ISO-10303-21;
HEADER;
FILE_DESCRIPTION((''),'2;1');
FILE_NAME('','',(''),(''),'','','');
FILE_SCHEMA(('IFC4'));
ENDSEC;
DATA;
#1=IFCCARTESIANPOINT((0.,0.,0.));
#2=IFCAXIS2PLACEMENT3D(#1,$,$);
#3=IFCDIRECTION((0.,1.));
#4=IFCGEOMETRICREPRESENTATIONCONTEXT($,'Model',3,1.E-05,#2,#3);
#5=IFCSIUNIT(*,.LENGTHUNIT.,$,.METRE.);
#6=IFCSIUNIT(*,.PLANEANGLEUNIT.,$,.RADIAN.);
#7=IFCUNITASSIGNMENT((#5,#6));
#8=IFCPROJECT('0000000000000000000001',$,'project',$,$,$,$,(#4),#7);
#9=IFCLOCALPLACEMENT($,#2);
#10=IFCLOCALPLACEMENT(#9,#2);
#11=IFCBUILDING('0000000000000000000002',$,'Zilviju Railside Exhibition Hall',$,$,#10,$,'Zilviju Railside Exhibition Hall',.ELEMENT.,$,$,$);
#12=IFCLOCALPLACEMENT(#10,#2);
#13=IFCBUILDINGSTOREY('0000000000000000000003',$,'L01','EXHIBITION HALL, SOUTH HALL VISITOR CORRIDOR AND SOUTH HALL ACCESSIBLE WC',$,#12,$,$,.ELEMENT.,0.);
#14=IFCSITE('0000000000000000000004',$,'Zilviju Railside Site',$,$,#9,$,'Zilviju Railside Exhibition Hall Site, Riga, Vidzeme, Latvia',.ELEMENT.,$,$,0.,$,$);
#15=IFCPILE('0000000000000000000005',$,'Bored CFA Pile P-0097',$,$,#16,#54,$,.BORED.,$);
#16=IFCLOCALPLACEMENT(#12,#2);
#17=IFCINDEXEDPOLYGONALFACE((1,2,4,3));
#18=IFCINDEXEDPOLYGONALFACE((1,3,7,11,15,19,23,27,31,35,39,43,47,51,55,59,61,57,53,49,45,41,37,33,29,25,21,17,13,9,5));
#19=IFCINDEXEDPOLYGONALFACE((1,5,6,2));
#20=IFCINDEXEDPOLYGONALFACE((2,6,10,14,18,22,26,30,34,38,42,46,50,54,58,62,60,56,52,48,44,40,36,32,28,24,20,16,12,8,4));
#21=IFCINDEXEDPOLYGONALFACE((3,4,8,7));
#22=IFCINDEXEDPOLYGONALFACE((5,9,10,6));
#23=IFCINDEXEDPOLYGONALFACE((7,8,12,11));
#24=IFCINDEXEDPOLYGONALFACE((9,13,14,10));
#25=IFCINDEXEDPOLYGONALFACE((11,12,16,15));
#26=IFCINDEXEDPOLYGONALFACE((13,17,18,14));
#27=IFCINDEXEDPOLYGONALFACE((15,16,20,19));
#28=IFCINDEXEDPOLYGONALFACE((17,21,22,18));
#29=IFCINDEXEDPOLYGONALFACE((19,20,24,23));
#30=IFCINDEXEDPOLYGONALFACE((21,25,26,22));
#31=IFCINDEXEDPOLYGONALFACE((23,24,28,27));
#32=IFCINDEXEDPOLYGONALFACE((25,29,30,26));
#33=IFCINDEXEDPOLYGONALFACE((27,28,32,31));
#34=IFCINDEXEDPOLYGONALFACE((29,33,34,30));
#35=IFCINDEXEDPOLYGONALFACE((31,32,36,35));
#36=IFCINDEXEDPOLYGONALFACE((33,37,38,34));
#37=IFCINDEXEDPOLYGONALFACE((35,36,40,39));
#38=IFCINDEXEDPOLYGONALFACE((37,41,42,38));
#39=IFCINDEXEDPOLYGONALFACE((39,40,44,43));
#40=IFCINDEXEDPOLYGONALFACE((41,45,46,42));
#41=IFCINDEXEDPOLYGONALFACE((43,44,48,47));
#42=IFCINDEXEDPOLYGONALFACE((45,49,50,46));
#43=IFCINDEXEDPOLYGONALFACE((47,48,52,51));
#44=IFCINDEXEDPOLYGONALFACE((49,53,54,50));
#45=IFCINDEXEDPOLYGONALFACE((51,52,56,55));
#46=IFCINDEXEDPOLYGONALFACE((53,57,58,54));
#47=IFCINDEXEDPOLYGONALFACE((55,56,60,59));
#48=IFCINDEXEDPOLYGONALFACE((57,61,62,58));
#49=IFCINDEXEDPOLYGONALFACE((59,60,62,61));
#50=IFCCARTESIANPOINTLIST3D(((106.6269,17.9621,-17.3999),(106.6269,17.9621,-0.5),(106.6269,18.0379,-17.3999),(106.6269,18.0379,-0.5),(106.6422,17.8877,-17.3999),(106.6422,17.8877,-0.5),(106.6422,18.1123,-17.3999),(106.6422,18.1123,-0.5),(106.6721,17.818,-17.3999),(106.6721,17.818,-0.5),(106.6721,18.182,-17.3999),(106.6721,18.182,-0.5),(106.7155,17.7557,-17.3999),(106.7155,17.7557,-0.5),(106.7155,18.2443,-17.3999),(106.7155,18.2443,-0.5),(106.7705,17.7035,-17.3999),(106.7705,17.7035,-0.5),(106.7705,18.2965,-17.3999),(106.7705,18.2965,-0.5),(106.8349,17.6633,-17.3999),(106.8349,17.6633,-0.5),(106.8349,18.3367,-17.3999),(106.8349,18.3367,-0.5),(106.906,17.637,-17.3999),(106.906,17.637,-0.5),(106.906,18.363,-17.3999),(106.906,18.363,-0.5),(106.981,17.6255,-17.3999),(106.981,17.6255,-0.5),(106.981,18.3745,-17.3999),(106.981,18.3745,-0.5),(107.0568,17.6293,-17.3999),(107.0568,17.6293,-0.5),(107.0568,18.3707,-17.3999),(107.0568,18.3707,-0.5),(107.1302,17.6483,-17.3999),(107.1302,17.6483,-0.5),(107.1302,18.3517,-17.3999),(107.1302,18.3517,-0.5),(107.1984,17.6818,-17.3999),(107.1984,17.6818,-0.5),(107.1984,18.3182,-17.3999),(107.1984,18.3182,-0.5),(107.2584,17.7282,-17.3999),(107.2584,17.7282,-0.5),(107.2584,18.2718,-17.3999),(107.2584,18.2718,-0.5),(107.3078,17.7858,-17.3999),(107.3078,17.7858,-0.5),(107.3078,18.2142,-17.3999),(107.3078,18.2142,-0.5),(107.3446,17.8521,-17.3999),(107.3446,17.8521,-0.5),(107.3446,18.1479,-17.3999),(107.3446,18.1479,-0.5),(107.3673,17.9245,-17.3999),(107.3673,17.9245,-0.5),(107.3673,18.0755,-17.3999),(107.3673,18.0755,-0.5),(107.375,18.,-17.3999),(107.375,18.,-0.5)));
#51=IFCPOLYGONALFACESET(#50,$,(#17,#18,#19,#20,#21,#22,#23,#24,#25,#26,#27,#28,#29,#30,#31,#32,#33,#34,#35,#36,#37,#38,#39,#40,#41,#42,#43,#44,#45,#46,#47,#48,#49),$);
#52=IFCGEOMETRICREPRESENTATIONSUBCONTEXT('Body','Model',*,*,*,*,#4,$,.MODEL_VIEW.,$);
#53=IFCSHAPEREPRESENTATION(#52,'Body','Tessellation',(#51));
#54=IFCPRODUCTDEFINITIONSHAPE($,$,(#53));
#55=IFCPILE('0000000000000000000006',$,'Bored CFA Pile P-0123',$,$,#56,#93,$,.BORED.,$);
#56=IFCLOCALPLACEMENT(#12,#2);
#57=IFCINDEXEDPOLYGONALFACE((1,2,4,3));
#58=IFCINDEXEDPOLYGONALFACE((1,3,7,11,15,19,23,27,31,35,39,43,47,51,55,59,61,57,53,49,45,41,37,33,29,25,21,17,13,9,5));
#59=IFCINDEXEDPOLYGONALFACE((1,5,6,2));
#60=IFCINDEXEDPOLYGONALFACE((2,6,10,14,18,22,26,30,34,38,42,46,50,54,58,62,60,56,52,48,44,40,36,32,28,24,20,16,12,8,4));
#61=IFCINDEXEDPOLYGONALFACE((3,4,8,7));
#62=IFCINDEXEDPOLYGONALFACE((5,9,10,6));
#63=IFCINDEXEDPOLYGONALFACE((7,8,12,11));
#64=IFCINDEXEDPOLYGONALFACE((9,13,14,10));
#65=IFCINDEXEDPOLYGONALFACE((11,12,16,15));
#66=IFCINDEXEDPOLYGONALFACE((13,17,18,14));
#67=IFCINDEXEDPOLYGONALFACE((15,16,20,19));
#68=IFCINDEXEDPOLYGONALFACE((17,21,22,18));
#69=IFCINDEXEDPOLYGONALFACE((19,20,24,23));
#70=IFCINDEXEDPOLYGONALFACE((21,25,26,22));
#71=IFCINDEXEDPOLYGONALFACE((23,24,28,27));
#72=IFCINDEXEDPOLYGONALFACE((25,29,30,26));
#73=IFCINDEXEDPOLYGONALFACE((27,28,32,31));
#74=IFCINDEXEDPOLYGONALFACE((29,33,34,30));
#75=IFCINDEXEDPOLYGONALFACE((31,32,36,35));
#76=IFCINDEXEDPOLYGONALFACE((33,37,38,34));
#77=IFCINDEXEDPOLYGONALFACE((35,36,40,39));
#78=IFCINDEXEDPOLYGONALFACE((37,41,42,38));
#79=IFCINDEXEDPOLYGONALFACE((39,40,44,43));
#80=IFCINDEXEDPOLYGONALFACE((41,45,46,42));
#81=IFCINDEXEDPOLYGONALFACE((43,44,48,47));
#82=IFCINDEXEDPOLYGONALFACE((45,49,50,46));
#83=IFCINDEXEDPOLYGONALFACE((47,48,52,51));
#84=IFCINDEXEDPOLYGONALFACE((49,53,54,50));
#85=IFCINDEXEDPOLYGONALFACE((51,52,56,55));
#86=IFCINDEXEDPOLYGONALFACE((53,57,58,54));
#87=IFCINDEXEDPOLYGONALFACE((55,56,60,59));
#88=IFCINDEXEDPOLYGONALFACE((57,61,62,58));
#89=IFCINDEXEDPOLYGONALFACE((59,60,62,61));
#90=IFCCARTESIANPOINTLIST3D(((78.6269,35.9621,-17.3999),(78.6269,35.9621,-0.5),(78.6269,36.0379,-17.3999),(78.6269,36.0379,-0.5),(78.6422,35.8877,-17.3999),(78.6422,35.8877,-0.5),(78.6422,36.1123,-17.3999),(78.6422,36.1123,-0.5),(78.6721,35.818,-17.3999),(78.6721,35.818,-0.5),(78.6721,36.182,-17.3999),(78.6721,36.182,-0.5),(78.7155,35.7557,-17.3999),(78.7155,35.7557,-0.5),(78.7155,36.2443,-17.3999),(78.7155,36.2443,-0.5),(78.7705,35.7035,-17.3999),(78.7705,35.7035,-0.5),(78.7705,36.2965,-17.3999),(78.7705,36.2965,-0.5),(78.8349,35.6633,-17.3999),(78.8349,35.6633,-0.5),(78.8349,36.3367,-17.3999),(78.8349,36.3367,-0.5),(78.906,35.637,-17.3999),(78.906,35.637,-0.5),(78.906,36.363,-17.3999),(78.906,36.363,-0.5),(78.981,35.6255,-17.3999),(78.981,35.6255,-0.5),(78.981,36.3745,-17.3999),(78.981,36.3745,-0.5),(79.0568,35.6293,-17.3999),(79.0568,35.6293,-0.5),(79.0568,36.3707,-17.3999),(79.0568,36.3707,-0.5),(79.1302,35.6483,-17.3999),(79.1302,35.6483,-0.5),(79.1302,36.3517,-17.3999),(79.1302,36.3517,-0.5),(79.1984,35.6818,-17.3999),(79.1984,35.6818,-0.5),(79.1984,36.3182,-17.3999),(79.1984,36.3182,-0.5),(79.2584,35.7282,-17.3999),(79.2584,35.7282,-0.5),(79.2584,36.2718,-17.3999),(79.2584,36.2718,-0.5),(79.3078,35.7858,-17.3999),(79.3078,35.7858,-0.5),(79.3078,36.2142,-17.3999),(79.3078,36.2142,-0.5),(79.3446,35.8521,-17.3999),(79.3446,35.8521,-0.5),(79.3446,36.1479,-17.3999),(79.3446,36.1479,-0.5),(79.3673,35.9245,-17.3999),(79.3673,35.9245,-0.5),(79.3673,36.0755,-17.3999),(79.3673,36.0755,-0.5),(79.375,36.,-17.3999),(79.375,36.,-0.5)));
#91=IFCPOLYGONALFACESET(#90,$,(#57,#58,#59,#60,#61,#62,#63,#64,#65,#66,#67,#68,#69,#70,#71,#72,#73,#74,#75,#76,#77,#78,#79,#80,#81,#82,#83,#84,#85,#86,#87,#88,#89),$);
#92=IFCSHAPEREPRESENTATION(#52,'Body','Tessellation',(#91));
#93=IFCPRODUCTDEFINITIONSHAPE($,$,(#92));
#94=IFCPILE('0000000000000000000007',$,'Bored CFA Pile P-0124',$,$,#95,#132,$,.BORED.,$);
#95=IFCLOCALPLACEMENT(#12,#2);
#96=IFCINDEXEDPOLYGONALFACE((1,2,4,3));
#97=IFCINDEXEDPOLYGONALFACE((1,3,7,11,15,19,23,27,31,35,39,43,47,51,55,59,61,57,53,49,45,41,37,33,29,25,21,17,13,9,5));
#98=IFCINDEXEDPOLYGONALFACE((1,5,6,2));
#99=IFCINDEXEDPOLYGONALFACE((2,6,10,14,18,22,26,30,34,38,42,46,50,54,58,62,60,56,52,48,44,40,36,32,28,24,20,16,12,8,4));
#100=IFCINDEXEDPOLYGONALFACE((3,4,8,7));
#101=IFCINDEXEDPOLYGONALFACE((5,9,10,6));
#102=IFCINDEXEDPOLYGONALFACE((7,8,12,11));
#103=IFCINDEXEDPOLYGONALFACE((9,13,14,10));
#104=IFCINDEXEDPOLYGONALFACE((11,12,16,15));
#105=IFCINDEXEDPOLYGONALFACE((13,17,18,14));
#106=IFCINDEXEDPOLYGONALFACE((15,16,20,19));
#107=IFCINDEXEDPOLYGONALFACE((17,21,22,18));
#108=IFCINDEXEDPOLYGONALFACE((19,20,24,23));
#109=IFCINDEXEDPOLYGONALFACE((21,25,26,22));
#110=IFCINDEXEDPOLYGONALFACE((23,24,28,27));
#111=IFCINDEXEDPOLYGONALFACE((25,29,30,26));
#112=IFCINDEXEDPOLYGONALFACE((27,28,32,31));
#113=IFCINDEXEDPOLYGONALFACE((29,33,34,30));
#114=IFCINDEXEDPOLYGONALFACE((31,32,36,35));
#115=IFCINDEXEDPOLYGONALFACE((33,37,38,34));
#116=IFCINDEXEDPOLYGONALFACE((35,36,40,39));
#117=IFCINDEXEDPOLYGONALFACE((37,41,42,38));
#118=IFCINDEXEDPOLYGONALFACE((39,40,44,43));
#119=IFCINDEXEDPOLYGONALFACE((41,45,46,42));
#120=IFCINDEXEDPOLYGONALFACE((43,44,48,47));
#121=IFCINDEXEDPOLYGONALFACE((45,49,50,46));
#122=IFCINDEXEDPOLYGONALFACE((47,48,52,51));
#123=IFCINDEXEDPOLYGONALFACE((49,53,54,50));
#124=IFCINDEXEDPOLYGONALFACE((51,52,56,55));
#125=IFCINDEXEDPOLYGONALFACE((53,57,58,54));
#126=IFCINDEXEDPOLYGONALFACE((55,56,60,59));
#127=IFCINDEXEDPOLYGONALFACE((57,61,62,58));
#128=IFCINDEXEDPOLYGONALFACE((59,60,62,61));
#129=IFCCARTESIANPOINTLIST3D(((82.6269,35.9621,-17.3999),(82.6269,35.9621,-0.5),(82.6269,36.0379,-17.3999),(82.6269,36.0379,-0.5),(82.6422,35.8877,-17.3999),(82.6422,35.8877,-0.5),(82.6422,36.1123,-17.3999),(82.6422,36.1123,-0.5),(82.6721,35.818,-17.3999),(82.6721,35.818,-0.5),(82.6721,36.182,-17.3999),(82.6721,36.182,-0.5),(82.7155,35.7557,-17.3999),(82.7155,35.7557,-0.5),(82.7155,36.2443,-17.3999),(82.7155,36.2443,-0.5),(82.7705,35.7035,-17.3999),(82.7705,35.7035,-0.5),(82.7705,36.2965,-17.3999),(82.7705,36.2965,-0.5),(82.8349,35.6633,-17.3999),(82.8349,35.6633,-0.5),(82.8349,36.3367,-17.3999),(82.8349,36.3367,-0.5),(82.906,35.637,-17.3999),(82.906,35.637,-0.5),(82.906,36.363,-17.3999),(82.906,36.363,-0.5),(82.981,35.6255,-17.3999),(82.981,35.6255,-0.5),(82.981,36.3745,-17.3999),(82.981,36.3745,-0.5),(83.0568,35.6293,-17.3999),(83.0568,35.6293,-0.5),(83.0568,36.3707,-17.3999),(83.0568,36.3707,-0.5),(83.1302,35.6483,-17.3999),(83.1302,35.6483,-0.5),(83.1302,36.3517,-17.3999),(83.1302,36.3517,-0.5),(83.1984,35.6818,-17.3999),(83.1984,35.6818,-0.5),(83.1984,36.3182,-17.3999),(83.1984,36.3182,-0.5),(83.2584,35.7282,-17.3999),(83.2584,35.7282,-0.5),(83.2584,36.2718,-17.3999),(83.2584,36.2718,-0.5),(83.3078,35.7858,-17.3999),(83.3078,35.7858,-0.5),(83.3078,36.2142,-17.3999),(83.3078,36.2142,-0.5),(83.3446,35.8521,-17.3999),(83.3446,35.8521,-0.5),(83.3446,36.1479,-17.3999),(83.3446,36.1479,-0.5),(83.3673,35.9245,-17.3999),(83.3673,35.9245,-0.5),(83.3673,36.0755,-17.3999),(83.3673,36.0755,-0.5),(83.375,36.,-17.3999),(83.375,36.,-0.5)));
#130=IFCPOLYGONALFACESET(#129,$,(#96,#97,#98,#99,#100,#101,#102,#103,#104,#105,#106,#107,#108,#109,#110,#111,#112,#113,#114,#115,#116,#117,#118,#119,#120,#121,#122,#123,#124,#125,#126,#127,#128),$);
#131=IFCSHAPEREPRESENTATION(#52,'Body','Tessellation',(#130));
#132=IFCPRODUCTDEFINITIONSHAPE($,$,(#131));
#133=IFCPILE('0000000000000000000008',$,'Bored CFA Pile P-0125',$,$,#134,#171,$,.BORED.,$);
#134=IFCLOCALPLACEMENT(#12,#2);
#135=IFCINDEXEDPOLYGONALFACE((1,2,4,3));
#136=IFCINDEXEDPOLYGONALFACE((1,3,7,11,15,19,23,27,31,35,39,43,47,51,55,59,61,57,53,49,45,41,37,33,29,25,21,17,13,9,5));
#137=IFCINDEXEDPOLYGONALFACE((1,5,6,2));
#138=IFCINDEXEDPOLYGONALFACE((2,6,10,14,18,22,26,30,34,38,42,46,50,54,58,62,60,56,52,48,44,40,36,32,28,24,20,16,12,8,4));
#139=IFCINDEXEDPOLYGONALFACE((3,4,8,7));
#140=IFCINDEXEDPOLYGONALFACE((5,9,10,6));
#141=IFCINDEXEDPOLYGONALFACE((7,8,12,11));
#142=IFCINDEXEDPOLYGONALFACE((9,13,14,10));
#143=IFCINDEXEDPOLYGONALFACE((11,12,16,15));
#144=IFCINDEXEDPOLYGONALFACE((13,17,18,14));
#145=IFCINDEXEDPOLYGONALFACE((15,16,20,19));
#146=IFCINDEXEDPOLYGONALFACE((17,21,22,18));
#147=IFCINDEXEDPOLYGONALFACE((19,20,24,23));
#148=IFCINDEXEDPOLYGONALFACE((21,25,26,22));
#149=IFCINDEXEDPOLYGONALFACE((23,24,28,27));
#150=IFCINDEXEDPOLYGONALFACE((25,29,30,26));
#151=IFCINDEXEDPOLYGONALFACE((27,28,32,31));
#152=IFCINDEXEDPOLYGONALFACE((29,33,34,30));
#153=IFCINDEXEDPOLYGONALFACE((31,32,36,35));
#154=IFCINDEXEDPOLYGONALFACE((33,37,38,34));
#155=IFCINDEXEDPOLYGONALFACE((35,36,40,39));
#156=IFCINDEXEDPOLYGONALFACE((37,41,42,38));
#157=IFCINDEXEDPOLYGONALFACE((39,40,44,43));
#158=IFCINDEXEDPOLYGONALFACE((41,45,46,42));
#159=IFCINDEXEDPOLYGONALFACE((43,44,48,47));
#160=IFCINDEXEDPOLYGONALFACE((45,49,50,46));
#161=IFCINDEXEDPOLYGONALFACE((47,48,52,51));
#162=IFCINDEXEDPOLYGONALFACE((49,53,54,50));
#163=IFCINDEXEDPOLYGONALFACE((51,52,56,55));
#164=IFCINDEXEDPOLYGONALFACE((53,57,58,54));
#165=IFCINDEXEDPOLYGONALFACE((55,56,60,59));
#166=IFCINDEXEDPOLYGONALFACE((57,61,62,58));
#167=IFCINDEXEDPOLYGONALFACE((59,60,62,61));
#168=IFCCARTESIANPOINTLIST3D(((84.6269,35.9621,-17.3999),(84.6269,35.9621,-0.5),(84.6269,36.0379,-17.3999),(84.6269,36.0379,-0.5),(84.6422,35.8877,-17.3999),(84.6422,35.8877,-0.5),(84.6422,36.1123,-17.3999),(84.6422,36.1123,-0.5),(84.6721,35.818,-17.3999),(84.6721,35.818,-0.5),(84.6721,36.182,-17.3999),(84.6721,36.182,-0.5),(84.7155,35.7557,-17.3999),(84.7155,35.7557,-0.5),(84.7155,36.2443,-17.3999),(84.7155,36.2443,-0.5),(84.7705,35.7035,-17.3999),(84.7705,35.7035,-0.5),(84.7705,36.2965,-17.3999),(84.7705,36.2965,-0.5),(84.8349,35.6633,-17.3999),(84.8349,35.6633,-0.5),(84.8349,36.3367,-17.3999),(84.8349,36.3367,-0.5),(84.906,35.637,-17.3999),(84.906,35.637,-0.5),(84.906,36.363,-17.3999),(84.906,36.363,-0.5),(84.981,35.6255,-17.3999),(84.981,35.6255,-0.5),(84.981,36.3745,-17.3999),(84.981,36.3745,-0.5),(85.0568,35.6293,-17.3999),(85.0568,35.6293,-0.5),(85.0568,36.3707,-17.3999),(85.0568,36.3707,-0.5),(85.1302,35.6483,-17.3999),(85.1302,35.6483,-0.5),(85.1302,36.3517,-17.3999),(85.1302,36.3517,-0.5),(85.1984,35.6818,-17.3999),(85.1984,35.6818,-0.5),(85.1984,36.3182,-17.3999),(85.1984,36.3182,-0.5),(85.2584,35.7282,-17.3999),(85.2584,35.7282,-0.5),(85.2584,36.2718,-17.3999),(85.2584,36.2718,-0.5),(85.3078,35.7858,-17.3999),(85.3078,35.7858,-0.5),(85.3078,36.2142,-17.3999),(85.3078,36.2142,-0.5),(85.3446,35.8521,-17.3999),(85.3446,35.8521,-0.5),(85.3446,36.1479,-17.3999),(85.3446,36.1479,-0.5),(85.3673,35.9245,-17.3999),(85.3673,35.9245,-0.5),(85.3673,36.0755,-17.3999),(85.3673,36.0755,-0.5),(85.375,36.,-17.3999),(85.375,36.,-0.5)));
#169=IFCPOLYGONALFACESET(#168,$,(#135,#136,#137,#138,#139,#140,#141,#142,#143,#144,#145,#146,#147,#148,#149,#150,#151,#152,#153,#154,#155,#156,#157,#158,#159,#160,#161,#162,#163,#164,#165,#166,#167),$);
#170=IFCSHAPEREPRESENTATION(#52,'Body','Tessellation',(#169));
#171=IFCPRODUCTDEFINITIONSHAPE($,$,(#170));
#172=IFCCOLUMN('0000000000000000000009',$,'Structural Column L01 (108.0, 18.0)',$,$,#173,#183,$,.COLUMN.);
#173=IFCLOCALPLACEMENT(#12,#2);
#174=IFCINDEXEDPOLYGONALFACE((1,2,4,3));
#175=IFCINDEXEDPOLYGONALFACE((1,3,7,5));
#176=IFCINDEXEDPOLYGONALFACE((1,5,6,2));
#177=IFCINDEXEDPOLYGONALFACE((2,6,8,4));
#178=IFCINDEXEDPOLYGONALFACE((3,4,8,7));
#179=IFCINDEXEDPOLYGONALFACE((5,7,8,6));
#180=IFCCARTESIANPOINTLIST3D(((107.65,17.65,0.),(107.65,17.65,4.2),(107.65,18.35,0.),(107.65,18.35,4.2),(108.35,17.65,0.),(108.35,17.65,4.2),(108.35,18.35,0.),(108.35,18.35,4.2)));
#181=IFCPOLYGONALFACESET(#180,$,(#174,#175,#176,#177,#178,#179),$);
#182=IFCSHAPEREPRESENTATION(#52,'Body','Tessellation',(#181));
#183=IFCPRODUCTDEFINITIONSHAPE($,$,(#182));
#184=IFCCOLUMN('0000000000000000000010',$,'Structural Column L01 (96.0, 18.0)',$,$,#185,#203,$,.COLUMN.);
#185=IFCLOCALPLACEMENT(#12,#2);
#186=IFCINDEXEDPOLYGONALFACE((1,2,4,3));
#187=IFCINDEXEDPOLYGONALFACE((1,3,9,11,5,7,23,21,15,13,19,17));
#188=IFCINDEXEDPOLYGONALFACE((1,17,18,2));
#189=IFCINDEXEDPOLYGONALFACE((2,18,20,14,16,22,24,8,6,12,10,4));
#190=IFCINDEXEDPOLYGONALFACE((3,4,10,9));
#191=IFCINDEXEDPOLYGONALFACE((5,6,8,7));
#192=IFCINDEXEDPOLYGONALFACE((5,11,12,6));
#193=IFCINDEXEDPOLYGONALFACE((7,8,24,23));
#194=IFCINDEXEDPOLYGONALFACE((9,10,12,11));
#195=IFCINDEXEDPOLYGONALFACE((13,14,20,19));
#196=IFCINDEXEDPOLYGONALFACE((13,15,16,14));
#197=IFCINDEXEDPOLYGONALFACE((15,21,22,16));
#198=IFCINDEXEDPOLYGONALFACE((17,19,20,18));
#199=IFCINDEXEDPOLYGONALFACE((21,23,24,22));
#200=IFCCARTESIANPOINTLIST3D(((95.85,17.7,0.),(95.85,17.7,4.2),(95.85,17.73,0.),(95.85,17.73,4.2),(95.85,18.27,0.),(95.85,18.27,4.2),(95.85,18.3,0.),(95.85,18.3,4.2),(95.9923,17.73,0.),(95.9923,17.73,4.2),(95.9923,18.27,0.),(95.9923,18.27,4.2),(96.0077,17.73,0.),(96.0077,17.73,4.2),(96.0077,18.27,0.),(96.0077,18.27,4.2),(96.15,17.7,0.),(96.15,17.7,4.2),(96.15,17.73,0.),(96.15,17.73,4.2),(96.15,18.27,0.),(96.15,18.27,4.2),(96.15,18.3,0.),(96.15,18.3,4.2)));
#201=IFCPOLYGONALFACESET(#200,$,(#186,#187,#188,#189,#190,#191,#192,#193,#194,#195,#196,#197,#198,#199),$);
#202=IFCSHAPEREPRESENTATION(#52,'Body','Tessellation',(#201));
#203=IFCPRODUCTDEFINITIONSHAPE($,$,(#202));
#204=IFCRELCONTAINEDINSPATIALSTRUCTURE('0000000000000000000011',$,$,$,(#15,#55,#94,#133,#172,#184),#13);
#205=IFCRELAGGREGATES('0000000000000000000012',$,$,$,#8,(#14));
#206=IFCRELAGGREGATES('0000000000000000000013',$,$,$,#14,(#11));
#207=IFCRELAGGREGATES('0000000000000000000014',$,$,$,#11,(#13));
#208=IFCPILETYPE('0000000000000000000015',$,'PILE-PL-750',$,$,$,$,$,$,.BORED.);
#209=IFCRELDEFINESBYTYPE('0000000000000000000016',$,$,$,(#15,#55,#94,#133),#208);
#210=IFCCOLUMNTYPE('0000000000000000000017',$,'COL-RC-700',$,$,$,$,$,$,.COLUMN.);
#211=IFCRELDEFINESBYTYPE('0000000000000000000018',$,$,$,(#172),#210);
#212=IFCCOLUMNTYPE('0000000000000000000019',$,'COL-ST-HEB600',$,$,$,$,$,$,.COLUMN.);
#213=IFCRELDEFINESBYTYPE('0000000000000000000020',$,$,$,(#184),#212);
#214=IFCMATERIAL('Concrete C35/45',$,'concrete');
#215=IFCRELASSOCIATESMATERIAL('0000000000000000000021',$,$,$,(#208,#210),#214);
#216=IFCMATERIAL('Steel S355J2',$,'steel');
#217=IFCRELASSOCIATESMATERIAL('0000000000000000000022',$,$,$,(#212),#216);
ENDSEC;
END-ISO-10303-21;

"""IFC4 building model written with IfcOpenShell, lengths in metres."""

from ifc_helpers import new_model, si_unit, direction, frame, origin, origin_2d, place, context, subcontext, project, spatial, rectangle, circle, i_section, extrude, material, material_profile, profile_set, type_object, element, save


model = new_model("IFC4")

# Units and contexts
model_context = context("Model", 3, precision=1e-05, world=origin(), true_north=direction((0.0, 1.0)))
body_context = subcontext(model_context, "Body", "Model", "MODEL_VIEW")
ifc_project = project(units=[si_unit("LENGTHUNIT", "METRE"), si_unit("PLANEANGLEUNIT", "RADIAN")], contexts=[model_context])

# Site, building, storey
site_placement = place(None, origin())
site = spatial("IfcSite", under=ifc_project, at=site_placement, Name="Zilviju Railside Site", LongName="Zilviju Railside Exhibition Hall Site, Riga, Vidzeme, Latvia", CompositionType="ELEMENT", RefElevation=0.0)
building_placement = place(site_placement, origin())
building = spatial("IfcBuilding", under=site, at=building_placement, Name="Zilviju Railside Exhibition Hall", LongName="Zilviju Railside Exhibition Hall", CompositionType="ELEMENT")
storey_placement = place(building_placement, origin())
storey = spatial("IfcBuildingStorey", under=building, at=storey_placement, Name="L01", Description="EXHIBITION HALL, SOUTH HALL VISITOR CORRIDOR AND SOUTH HALL ACCESSIBLE WC", CompositionType="ELEMENT", Elevation=0.0)

# Shared definitions
ifc_material_1 = material(Name="Concrete C35/45", Category="concrete")

# Piles
ifc_material_profile_1 = material_profile(ifc_material_1, circle(Radius=0.375, at=origin_2d()), Name="CFA PILE D750")
ifc_profile_set_1 = profile_set([ifc_material_profile_1], Name="Concrete C35/45")
pile_type = type_object("IfcPileType", Name="PILE-PL-750", PredefinedType="BORED", material=ifc_profile_set_1)
for number, where, z_axis, x_axis, name in (
    (1, (107.0, 18.0, -0.5), (0.0, 0.0, -1.0), (1.0, 0.0, 0.0), "Bored CFA Pile P-0097"),
    (2, (79.0, 36.0, -0.5), (0.0, 0.0, -1.0), (1.0, 0.0, 0.0), "Bored CFA Pile P-0123"),
    (3, (83.0, 36.0, -0.5), (0.0, 0.0, -1.0), (1.0, 0.0, 0.0), "Bored CFA Pile P-0124"),
    (4, (85.0, 36.0, -0.5), (0.0, 0.0, -1.0), (1.0, 0.0, 0.0), "Bored CFA Pile P-0125"),
):
    element("IfcPile", number, at=place(storey_placement, frame(where, z_axis=z_axis, x_axis=x_axis)), inside=storey, type_object=pile_type, Name=name, PredefinedType="BORED", context=body_context, shape_type="SweptSolid", body=[
        extrude(circle(Radius=0.375, at=origin_2d()), origin(), (0.0, 0.0, 1.0), 16.8999),
    ])

# Columns
ifc_material_profile_2 = material_profile(ifc_material_1, rectangle(XDim=0.7, YDim=0.7, at=origin_2d()), Name="RC COL 700x700")
ifc_profile_set_2 = profile_set([ifc_material_profile_2], Name="Concrete C35/45")
column_type_1 = type_object("IfcColumnType", Name="COL-RC-700", PredefinedType="COLUMN", material=ifc_profile_set_2)
column_placement = place(storey_placement, frame((108.0, 18.0, 0.0), z_axis=(0.0, 0.0, 1.0), x_axis=(1.0, 0.0, 0.0)))
element("IfcColumn", 5, at=column_placement, inside=storey, type_object=column_type_1, Name="Structural Column L01 (108.0, 18.0)", PredefinedType="COLUMN", context=body_context, shape_type="SweptSolid", body=[
    extrude(rectangle(XDim=0.7, YDim=0.7, at=origin_2d()), origin(), (0.0, 0.0, 1.0), 4.2),
])
ifc_material_2 = material(Name="Steel S355J2", Category="steel")
ifc_material_profile_3 = material_profile(ifc_material_2, i_section(OverallWidth=0.3, OverallDepth=0.6001, WebThickness=0.0154, FlangeThickness=0.03, at=origin_2d()), Name="HEB 600")
ifc_profile_set_3 = profile_set([ifc_material_profile_3], Name="Steel S355J2")
column_type_2 = type_object("IfcColumnType", Name="COL-ST-HEB600", PredefinedType="COLUMN", material=ifc_profile_set_3)
for number, where, z_axis, x_axis, name in (
    (6, (96.0, 18.0, 0.0), (0.0, 0.0, 1.0), (1.0, 0.0, 0.0), "Structural Column L01 (96.0, 18.0)"),
):
    element("IfcColumn", number, at=place(storey_placement, frame(where, z_axis=z_axis, x_axis=x_axis)), inside=storey, type_object=column_type_2, Name=name, PredefinedType="COLUMN", context=body_context, shape_type="SweptSolid", body=[
        extrude(i_section(OverallWidth=0.3, OverallDepth=0.6001, WebThickness=0.0154, FlangeThickness=0.03, at=origin_2d()), origin(), (0.0, 0.0, 1.0), 4.2),
    ])

save(model, "model.ifc")
